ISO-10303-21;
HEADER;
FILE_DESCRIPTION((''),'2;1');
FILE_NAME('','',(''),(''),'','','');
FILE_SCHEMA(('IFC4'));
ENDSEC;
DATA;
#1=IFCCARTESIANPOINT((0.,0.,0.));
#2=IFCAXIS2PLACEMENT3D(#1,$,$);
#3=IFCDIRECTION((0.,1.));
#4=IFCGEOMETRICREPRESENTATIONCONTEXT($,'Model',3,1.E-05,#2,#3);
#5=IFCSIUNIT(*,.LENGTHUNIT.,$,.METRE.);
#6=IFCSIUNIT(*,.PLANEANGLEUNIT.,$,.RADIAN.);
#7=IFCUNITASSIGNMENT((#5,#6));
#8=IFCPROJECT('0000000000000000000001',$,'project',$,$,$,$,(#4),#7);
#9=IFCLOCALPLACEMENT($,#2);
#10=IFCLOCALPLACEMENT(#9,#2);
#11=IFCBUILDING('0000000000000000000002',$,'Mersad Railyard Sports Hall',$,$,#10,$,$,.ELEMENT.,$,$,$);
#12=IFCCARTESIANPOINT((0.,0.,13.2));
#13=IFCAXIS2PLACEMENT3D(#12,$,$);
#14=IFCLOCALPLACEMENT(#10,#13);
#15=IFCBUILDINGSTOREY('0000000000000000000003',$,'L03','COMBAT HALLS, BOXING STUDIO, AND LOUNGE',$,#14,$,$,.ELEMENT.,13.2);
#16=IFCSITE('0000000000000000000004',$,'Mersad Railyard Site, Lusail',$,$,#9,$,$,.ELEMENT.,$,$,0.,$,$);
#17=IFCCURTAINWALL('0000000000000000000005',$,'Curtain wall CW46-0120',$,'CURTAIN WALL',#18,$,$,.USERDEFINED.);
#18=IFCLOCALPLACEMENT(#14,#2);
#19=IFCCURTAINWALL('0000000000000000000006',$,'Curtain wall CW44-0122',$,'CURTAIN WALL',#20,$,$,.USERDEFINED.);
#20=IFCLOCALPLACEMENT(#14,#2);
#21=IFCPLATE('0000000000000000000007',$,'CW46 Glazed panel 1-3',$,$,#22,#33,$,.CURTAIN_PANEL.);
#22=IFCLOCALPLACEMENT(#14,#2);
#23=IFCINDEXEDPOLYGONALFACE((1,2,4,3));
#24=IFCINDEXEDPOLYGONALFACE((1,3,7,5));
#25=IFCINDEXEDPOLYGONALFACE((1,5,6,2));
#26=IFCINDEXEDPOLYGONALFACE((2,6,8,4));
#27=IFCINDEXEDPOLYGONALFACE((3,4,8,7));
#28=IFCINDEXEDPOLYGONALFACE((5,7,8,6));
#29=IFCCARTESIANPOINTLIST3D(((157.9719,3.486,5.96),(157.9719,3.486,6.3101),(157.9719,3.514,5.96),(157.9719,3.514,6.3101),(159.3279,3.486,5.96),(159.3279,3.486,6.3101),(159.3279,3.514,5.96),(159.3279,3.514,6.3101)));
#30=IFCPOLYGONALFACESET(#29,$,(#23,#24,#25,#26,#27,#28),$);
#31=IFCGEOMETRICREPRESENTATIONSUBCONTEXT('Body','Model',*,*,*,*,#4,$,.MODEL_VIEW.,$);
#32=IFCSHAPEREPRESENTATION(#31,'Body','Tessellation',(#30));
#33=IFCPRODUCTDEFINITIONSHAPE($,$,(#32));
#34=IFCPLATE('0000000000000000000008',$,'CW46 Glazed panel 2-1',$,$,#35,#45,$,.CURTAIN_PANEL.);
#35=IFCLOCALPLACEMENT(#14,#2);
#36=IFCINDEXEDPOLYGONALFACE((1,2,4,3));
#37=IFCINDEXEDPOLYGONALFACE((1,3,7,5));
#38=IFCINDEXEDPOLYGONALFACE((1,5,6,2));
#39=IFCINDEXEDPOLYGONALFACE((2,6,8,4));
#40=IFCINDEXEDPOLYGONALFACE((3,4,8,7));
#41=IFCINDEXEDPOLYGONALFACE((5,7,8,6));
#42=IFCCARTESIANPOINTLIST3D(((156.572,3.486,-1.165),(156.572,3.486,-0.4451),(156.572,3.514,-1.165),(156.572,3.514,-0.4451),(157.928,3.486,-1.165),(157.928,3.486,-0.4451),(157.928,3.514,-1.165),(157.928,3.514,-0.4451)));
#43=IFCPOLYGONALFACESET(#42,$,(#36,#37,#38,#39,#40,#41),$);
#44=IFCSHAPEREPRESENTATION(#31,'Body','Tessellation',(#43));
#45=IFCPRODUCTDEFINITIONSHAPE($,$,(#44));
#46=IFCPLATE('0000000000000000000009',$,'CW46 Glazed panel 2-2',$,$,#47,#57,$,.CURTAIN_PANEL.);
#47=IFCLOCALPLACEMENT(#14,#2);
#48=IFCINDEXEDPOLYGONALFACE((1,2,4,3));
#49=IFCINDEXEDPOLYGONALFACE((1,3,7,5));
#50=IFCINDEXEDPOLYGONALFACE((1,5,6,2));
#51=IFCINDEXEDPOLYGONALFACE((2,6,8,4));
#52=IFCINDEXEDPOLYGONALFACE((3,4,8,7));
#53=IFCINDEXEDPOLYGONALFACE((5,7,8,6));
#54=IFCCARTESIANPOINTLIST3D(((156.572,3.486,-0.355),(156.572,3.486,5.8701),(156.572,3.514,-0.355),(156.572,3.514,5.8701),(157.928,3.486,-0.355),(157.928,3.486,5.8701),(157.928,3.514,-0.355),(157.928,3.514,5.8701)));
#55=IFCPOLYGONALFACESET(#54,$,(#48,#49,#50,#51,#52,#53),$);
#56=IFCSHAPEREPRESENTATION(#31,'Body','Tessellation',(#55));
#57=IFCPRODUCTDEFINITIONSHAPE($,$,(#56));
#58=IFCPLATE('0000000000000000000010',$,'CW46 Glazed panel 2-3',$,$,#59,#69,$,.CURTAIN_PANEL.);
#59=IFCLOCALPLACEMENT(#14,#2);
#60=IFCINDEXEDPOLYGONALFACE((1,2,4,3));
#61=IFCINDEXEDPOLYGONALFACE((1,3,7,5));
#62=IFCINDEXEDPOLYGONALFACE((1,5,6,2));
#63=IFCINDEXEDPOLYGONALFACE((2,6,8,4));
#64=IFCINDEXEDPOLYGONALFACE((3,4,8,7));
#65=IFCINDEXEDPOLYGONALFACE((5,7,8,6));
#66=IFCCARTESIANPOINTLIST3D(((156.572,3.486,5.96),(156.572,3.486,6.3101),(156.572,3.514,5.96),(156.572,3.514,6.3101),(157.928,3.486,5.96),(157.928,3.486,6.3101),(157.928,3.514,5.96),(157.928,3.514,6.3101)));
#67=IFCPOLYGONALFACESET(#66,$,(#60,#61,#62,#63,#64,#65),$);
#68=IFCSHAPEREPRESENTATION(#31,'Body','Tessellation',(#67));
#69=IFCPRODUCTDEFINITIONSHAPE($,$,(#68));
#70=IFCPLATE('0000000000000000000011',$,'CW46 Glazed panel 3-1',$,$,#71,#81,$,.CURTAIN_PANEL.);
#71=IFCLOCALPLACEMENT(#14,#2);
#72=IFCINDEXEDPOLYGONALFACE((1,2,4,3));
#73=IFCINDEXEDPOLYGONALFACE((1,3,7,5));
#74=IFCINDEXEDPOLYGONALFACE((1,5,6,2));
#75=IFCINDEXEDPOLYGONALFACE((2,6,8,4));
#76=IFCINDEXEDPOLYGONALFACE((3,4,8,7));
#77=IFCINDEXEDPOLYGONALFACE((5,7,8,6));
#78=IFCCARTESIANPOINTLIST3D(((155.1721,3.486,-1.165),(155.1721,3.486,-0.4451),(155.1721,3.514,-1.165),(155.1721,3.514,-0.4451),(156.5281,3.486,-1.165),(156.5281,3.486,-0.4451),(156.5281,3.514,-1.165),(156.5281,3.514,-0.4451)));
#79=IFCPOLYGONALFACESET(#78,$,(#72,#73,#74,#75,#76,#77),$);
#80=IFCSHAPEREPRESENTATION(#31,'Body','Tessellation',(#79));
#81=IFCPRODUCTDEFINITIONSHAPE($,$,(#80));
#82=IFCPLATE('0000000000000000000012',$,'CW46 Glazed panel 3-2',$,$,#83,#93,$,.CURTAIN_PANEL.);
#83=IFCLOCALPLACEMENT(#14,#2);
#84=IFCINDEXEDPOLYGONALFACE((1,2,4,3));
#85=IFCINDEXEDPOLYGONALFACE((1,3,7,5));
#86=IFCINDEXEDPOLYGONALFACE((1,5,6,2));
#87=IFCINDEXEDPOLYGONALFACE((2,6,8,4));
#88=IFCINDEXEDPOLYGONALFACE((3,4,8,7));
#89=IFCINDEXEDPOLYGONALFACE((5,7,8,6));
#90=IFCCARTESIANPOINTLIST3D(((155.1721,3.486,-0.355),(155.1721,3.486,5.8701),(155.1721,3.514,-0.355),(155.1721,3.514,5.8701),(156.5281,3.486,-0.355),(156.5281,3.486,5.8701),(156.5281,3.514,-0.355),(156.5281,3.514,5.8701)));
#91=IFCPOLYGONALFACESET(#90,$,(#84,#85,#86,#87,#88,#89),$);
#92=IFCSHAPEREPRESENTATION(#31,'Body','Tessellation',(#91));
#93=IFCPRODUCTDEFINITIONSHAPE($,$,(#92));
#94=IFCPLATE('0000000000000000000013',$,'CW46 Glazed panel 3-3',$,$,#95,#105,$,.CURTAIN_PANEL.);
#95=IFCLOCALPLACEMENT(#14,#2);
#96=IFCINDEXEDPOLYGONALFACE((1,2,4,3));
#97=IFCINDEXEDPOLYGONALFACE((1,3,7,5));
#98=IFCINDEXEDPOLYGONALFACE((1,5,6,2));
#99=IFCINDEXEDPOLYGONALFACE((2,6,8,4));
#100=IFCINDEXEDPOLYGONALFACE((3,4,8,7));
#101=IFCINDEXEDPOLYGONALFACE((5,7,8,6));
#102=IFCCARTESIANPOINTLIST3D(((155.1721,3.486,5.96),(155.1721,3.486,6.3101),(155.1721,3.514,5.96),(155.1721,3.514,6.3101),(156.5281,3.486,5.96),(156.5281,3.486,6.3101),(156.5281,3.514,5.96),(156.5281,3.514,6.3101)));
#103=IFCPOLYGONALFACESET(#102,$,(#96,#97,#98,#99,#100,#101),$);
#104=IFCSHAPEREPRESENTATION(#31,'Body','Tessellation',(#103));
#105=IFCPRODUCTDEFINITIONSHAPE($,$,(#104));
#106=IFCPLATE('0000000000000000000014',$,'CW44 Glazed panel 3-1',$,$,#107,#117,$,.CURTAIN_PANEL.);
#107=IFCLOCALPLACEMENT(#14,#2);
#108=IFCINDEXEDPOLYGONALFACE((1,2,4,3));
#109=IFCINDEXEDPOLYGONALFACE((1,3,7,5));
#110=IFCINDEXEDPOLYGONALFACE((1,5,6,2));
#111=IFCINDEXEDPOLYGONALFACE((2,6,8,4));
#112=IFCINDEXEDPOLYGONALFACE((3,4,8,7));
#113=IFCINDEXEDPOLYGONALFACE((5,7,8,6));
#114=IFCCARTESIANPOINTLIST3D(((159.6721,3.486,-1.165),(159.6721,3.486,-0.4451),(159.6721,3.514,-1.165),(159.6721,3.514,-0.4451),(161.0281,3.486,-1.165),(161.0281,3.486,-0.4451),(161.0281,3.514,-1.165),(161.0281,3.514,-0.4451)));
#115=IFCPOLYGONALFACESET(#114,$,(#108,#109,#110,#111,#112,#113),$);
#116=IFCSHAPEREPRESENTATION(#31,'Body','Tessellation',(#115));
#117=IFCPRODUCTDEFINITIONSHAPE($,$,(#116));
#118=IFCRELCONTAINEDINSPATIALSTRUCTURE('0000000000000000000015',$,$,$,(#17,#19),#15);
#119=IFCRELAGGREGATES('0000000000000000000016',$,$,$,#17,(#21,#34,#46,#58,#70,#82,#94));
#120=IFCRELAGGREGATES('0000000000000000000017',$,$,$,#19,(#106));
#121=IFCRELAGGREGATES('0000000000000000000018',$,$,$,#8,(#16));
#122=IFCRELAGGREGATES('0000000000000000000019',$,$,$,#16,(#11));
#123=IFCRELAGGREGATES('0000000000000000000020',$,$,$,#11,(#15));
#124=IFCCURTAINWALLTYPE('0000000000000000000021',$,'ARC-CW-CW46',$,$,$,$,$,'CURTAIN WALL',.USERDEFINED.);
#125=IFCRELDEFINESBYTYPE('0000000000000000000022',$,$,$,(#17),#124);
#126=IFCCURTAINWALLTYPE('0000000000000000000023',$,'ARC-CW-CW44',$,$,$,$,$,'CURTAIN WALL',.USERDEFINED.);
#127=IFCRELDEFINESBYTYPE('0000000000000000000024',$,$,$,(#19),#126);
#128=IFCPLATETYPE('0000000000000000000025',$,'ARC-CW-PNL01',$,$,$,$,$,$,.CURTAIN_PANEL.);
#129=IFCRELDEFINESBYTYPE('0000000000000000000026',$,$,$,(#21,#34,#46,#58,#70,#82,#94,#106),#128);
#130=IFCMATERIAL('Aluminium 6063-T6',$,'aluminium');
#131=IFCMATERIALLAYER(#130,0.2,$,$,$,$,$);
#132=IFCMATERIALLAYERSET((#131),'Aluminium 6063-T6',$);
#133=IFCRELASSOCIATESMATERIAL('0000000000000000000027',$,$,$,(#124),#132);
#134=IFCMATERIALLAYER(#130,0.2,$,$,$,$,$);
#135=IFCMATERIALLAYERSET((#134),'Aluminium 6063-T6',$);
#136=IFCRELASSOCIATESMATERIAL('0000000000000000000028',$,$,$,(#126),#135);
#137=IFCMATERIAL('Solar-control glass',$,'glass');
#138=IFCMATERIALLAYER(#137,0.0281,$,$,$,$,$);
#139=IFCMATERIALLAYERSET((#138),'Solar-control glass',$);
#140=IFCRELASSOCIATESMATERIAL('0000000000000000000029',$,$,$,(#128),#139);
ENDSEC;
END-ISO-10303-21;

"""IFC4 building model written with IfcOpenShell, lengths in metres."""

from ifc_helpers import new_model, si_unit, direction, frame, origin, origin_2d, place, context, subcontext, project, spatial, rectangle, extrude, material, layer, layer_set, type_object, element, aggregate, save


model = new_model("IFC4")

# Units and contexts
model_context = context("Model", 3, precision=1e-05, world=origin(), true_north=direction((0.0, 1.0)))
body_context = subcontext(model_context, "Body", "Model", "MODEL_VIEW")
ifc_project = project(units=[si_unit("LENGTHUNIT", "METRE"), si_unit("PLANEANGLEUNIT", "RADIAN")], contexts=[model_context])

# Site, building, storey
site_placement = place(None, origin())
site = spatial("IfcSite", under=ifc_project, at=site_placement, Name="Mersad Railyard Site, Lusail", CompositionType="ELEMENT", RefElevation=0.0)
building_placement = place(site_placement, origin())
building = spatial("IfcBuilding", under=site, at=building_placement, Name="Mersad Railyard Sports Hall", CompositionType="ELEMENT")
storey_placement = place(building_placement, frame((0.0, 0.0, 13.2)))
storey = spatial("IfcBuildingStorey", under=building, at=storey_placement, Name="L03", Description="COMBAT HALLS, BOXING STUDIO, AND LOUNGE", CompositionType="ELEMENT", Elevation=13.2)

# Shared definitions
ifc_material_1 = material(Name="Aluminium 6063-T6", Category="aluminium")
ifc_layer_1 = layer(ifc_material_1, 0.2)
ifc_layer_set_1 = layer_set([ifc_layer_1], Name="Aluminium 6063-T6")
curtain_wall_type_1 = type_object("IfcCurtainWallType", Name="ARC-CW-CW46", ElementType="CURTAIN WALL", PredefinedType="USERDEFINED", material=ifc_layer_set_1)

# Curtain wall
curtain_wall_1_placement = place(storey_placement, origin())
curtain_wall_1 = element("IfcCurtainWall", 1, at=curtain_wall_1_placement, inside=storey, type_object=curtain_wall_type_1, Name="Curtain wall CW46-0120", ObjectType="CURTAIN WALL", PredefinedType="USERDEFINED")

# Curtain wall
ifc_layer_2 = layer(ifc_material_1, 0.2)
ifc_layer_set_2 = layer_set([ifc_layer_2], Name="Aluminium 6063-T6")
curtain_wall_type_2 = type_object("IfcCurtainWallType", Name="ARC-CW-CW44", ElementType="CURTAIN WALL", PredefinedType="USERDEFINED", material=ifc_layer_set_2)
curtain_wall_2_placement = place(storey_placement, origin())
curtain_wall_2 = element("IfcCurtainWall", 2, at=curtain_wall_2_placement, inside=storey, type_object=curtain_wall_type_2, Name="Curtain wall CW44-0122", ObjectType="CURTAIN WALL", PredefinedType="USERDEFINED")

# Plates
ifc_material_2 = material(Name="Solar-control glass", Category="glass")
ifc_layer_3 = layer(ifc_material_2, 0.0281)
ifc_layer_set_3 = layer_set([ifc_layer_3], Name="Solar-control glass")
plate_type = type_object("IfcPlateType", Name="ARC-CW-PNL01", PredefinedType="CURTAIN_PANEL", material=ifc_layer_set_3)
plate_1_placement = place(storey_placement, frame((158.6499, 3.5, 5.96), z_axis=(0.0, 0.0, 1.0), x_axis=(-1.0, 0.0, 0.0)))
plate_1 = element("IfcPlate", 3, at=plate_1_placement, type_object=plate_type, Name="CW46 Glazed panel 1-3", PredefinedType="CURTAIN_PANEL", context=body_context, shape_type="SweptSolid", body=[
    extrude(rectangle(XDim=1.356, YDim=0.0281, at=origin_2d()), origin(), (0.0, 0.0, 1.0), 0.3501),
])
plate_2_placement = place(storey_placement, frame((157.25, 3.5, -1.165), z_axis=(0.0, 0.0, 1.0), x_axis=(-1.0, 0.0, 0.0)))
plate_2 = element("IfcPlate", 4, at=plate_2_placement, type_object=plate_type, Name="CW46 Glazed panel 2-1", PredefinedType="CURTAIN_PANEL", context=body_context, shape_type="SweptSolid", body=[
    extrude(rectangle(XDim=1.356, YDim=0.0281, at=origin_2d()), origin(), (0.0, 0.0, 1.0), 0.72),
])
plate_3_placement = place(storey_placement, frame((157.25, 3.5, -0.355), z_axis=(0.0, 0.0, 1.0), x_axis=(-1.0, 0.0, 0.0)))
plate_3 = element("IfcPlate", 5, at=plate_3_placement, type_object=plate_type, Name="CW46 Glazed panel 2-2", PredefinedType="CURTAIN_PANEL", context=body_context, shape_type="SweptSolid", body=[
    extrude(rectangle(XDim=1.356, YDim=0.0281, at=origin_2d()), origin(), (0.0, 0.0, 1.0), 6.2251),
])
plate_4_placement = place(storey_placement, frame((157.25, 3.5, 5.96), z_axis=(0.0, 0.0, 1.0), x_axis=(-1.0, 0.0, 0.0)))
plate_4 = element("IfcPlate", 6, at=plate_4_placement, type_object=plate_type, Name="CW46 Glazed panel 2-3", PredefinedType="CURTAIN_PANEL", context=body_context, shape_type="SweptSolid", body=[
    extrude(rectangle(XDim=1.356, YDim=0.0281, at=origin_2d()), origin(), (0.0, 0.0, 1.0), 0.3501),
])
plate_5_placement = place(storey_placement, frame((155.8501, 3.5, -1.165), z_axis=(0.0, 0.0, 1.0), x_axis=(-1.0, 0.0, 0.0)))
plate_5 = element("IfcPlate", 7, at=plate_5_placement, type_object=plate_type, Name="CW46 Glazed panel 3-1", PredefinedType="CURTAIN_PANEL", context=body_context, shape_type="SweptSolid", body=[
    extrude(rectangle(XDim=1.356, YDim=0.0281, at=origin_2d()), origin(), (0.0, 0.0, 1.0), 0.72),
])
plate_6_placement = place(storey_placement, frame((155.8501, 3.5, -0.355), z_axis=(0.0, 0.0, 1.0), x_axis=(-1.0, 0.0, 0.0)))
plate_6 = element("IfcPlate", 8, at=plate_6_placement, type_object=plate_type, Name="CW46 Glazed panel 3-2", PredefinedType="CURTAIN_PANEL", context=body_context, shape_type="SweptSolid", body=[
    extrude(rectangle(XDim=1.356, YDim=0.0281, at=origin_2d()), origin(), (0.0, 0.0, 1.0), 6.2251),
])
plate_7_placement = place(storey_placement, frame((155.8501, 3.5, 5.96), z_axis=(0.0, 0.0, 1.0), x_axis=(-1.0, 0.0, 0.0)))
plate_7 = element("IfcPlate", 9, at=plate_7_placement, type_object=plate_type, Name="CW46 Glazed panel 3-3", PredefinedType="CURTAIN_PANEL", context=body_context, shape_type="SweptSolid", body=[
    extrude(rectangle(XDim=1.356, YDim=0.0281, at=origin_2d()), origin(), (0.0, 0.0, 1.0), 0.3501),
])
aggregate(curtain_wall_1, [plate_1, plate_2, plate_3, plate_4, plate_5, plate_6, plate_7])
plate_8_placement = place(storey_placement, frame((160.3501, 3.5, -1.165), z_axis=(0.0, 0.0, 1.0), x_axis=(-1.0, 0.0, 0.0)))
plate_8 = element("IfcPlate", 10, at=plate_8_placement, type_object=plate_type, Name="CW44 Glazed panel 3-1", PredefinedType="CURTAIN_PANEL", context=body_context, shape_type="SweptSolid", body=[
    extrude(rectangle(XDim=1.356, YDim=0.0281, at=origin_2d()), origin(), (0.0, 0.0, 1.0), 0.72),
])
aggregate(curtain_wall_2, [plate_8])

save(model, "model.ifc")
